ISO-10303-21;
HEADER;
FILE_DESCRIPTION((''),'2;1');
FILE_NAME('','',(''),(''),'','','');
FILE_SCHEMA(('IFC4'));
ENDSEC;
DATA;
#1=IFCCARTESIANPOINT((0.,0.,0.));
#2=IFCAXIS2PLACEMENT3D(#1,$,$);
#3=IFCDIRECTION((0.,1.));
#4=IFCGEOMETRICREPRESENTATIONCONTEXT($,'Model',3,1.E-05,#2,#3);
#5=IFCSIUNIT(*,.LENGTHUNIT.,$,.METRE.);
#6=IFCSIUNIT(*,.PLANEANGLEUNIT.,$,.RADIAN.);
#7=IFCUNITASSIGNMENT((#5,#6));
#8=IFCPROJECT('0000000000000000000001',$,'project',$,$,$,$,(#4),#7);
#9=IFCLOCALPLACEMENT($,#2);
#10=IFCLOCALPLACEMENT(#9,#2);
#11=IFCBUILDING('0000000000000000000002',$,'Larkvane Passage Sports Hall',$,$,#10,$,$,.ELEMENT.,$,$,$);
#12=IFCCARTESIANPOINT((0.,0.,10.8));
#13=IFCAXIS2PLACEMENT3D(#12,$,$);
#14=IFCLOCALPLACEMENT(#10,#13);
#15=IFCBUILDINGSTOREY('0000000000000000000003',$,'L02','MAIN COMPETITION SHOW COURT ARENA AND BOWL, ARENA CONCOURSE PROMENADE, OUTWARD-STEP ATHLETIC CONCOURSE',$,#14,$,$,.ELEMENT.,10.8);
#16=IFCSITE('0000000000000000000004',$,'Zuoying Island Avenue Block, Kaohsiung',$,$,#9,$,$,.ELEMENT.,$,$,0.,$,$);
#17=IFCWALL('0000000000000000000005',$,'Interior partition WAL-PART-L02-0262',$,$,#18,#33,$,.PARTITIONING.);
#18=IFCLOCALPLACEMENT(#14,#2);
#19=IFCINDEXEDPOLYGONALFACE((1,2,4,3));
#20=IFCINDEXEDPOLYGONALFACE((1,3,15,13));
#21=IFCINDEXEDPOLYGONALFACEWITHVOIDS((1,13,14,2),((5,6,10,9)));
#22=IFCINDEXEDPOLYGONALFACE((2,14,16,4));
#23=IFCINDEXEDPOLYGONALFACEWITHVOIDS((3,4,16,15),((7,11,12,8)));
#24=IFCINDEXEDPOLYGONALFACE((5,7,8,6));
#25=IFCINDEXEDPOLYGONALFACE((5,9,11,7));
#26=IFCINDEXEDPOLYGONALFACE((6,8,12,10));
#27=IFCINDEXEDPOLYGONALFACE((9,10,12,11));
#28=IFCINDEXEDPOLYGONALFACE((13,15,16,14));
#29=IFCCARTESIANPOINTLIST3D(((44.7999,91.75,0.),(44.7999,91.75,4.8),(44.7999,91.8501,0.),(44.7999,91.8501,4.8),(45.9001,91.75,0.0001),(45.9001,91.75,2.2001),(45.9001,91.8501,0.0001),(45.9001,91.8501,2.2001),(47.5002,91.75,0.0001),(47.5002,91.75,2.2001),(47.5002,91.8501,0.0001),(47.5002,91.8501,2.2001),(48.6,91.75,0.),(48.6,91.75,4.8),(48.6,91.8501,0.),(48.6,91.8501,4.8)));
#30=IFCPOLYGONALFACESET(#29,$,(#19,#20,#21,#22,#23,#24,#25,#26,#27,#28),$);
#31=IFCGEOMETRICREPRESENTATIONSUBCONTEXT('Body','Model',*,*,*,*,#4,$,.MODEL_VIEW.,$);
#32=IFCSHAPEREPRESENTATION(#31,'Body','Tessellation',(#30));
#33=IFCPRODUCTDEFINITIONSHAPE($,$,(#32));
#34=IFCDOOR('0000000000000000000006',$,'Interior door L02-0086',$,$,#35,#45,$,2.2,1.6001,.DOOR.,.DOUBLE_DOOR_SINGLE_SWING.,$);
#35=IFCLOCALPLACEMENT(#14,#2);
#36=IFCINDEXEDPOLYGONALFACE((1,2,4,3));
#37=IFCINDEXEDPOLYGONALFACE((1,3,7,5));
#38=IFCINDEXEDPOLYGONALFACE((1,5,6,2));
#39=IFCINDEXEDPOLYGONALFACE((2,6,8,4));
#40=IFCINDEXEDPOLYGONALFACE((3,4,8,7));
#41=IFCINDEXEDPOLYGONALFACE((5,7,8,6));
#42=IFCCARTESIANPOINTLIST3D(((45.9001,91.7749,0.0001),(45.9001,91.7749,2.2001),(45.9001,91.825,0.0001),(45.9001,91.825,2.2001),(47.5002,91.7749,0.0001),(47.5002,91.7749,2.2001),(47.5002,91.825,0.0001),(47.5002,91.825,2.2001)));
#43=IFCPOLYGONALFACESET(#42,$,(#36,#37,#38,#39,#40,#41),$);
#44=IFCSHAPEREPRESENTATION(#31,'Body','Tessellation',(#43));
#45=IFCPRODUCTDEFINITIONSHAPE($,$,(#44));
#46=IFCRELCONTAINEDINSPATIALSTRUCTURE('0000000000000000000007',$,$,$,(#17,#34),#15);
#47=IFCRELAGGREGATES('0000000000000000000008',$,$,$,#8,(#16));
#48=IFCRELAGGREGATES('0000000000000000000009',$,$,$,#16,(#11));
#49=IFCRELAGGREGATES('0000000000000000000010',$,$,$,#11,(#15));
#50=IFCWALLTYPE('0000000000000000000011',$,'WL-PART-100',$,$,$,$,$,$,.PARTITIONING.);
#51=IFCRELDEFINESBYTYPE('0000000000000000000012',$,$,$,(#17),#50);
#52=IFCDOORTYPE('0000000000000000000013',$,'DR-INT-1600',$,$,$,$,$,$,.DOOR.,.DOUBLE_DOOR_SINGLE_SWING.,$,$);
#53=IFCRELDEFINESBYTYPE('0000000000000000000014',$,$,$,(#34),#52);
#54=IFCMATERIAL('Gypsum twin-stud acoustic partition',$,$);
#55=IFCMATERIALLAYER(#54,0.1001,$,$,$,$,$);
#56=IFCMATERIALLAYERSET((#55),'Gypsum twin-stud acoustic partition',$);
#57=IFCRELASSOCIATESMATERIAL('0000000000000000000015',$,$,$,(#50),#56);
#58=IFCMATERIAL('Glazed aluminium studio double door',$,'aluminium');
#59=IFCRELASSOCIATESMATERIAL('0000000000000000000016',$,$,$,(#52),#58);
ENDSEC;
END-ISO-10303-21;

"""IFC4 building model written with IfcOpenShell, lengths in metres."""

from ifc_helpers import new_model, si_unit, direction, frame, frame_2d, origin, place, context, subcontext, project, spatial, rectangle, extrude, material, layer, layer_set, type_object, element, fill, save


model = new_model("IFC4")

# Units and contexts
model_context = context("Model", 3, precision=1e-05, world=origin(), true_north=direction((0.0, 1.0)))
body_context = subcontext(model_context, "Body", "Model", "MODEL_VIEW")
ifc_project = project(units=[si_unit("LENGTHUNIT", "METRE"), si_unit("PLANEANGLEUNIT", "RADIAN")], contexts=[model_context])

# Site, building, storey
site_placement = place(None, origin())
site = spatial("IfcSite", under=ifc_project, at=site_placement, Name="Zuoying Island Avenue Block, Kaohsiung", CompositionType="ELEMENT", RefElevation=0.0)
building_placement = place(site_placement, origin())
building = spatial("IfcBuilding", under=site, at=building_placement, Name="Larkvane Passage Sports Hall", CompositionType="ELEMENT")
storey_placement = place(building_placement, frame((0.0, 0.0, 10.8)))
storey = spatial("IfcBuildingStorey", under=building, at=storey_placement, Name="L02", Description="MAIN COMPETITION SHOW COURT ARENA AND BOWL, ARENA CONCOURSE PROMENADE, OUTWARD-STEP ATHLETIC CONCOURSE", CompositionType="ELEMENT", Elevation=10.8)

# Wall, opening, door
ifc_material_1 = material(Name="Gypsum twin-stud acoustic partition")
ifc_layer_1 = layer(ifc_material_1, 0.1001)
ifc_layer_set_1 = layer_set([ifc_layer_1], Name="Gypsum twin-stud acoustic partition")
wall_type_1 = type_object("IfcWallType", Name="WL-PART-100", PredefinedType="PARTITIONING", material=ifc_layer_set_1)
wall_1_placement = place(storey_placement, frame((44.8, 91.8, 0.0), z_axis=(0.0, 0.0, 1.0), x_axis=(1.0, 0.0, 0.0)))
wall_1 = element("IfcWall", 1, at=wall_1_placement, inside=storey, type_object=wall_type_1, Name="Interior partition WAL-PART-L02-0262", PredefinedType="PARTITIONING", context=body_context, shape_type="SweptSolid", body=[
    extrude(rectangle(XDim=3.8, YDim=0.1001, at=frame_2d((1.8999, 0.0))), origin(), (0.0, 0.0, 1.0), 4.8),
])
opening_placement = place(wall_1_placement, frame((1.1001, 0.0, 0.0)))
opening = element("IfcOpeningElement", 2, at=opening_placement, cuts=wall_1, PredefinedType="OPENING", context=body_context, shape_type="SweptSolid", body=[
    extrude(rectangle(XDim=1.6001, YDim=2.2, at=frame_2d((0.8, 1.1001))), frame((0.0, 0.0601, 0.0), z_axis=(0.0, -1.0, 0.0), x_axis=(1.0, 0.0, 0.0)), (0.0, 0.0, 1.0), 0.1201),
])
ifc_material_2 = material(Name="Glazed aluminium studio double door", Category="aluminium")
door_type = type_object("IfcDoorType", Name="DR-INT-1600", OperationType="DOUBLE_DOOR_SINGLE_SWING", PredefinedType="DOOR", material=ifc_material_2)
door_placement = place(opening_placement, origin())
door = element("IfcDoor", 3, at=door_placement, inside=storey, type_object=door_type, Name="Interior door L02-0086", OperationType="DOUBLE_DOOR_SINGLE_SWING", OverallHeight=2.2, OverallWidth=1.6001, PredefinedType="DOOR", context=body_context, shape_type="SweptSolid", body=[
    extrude(rectangle(XDim=1.6001, YDim=2.2, at=frame_2d((0.8, 1.1001))), frame((0.0, 0.0249, 0.0), z_axis=(0.0, -1.0, 0.0), x_axis=(1.0, 0.0, 0.0)), (0.0, 0.0, 1.0), 0.05),
])
fill(opening, door)

save(model, "model.ifc")
